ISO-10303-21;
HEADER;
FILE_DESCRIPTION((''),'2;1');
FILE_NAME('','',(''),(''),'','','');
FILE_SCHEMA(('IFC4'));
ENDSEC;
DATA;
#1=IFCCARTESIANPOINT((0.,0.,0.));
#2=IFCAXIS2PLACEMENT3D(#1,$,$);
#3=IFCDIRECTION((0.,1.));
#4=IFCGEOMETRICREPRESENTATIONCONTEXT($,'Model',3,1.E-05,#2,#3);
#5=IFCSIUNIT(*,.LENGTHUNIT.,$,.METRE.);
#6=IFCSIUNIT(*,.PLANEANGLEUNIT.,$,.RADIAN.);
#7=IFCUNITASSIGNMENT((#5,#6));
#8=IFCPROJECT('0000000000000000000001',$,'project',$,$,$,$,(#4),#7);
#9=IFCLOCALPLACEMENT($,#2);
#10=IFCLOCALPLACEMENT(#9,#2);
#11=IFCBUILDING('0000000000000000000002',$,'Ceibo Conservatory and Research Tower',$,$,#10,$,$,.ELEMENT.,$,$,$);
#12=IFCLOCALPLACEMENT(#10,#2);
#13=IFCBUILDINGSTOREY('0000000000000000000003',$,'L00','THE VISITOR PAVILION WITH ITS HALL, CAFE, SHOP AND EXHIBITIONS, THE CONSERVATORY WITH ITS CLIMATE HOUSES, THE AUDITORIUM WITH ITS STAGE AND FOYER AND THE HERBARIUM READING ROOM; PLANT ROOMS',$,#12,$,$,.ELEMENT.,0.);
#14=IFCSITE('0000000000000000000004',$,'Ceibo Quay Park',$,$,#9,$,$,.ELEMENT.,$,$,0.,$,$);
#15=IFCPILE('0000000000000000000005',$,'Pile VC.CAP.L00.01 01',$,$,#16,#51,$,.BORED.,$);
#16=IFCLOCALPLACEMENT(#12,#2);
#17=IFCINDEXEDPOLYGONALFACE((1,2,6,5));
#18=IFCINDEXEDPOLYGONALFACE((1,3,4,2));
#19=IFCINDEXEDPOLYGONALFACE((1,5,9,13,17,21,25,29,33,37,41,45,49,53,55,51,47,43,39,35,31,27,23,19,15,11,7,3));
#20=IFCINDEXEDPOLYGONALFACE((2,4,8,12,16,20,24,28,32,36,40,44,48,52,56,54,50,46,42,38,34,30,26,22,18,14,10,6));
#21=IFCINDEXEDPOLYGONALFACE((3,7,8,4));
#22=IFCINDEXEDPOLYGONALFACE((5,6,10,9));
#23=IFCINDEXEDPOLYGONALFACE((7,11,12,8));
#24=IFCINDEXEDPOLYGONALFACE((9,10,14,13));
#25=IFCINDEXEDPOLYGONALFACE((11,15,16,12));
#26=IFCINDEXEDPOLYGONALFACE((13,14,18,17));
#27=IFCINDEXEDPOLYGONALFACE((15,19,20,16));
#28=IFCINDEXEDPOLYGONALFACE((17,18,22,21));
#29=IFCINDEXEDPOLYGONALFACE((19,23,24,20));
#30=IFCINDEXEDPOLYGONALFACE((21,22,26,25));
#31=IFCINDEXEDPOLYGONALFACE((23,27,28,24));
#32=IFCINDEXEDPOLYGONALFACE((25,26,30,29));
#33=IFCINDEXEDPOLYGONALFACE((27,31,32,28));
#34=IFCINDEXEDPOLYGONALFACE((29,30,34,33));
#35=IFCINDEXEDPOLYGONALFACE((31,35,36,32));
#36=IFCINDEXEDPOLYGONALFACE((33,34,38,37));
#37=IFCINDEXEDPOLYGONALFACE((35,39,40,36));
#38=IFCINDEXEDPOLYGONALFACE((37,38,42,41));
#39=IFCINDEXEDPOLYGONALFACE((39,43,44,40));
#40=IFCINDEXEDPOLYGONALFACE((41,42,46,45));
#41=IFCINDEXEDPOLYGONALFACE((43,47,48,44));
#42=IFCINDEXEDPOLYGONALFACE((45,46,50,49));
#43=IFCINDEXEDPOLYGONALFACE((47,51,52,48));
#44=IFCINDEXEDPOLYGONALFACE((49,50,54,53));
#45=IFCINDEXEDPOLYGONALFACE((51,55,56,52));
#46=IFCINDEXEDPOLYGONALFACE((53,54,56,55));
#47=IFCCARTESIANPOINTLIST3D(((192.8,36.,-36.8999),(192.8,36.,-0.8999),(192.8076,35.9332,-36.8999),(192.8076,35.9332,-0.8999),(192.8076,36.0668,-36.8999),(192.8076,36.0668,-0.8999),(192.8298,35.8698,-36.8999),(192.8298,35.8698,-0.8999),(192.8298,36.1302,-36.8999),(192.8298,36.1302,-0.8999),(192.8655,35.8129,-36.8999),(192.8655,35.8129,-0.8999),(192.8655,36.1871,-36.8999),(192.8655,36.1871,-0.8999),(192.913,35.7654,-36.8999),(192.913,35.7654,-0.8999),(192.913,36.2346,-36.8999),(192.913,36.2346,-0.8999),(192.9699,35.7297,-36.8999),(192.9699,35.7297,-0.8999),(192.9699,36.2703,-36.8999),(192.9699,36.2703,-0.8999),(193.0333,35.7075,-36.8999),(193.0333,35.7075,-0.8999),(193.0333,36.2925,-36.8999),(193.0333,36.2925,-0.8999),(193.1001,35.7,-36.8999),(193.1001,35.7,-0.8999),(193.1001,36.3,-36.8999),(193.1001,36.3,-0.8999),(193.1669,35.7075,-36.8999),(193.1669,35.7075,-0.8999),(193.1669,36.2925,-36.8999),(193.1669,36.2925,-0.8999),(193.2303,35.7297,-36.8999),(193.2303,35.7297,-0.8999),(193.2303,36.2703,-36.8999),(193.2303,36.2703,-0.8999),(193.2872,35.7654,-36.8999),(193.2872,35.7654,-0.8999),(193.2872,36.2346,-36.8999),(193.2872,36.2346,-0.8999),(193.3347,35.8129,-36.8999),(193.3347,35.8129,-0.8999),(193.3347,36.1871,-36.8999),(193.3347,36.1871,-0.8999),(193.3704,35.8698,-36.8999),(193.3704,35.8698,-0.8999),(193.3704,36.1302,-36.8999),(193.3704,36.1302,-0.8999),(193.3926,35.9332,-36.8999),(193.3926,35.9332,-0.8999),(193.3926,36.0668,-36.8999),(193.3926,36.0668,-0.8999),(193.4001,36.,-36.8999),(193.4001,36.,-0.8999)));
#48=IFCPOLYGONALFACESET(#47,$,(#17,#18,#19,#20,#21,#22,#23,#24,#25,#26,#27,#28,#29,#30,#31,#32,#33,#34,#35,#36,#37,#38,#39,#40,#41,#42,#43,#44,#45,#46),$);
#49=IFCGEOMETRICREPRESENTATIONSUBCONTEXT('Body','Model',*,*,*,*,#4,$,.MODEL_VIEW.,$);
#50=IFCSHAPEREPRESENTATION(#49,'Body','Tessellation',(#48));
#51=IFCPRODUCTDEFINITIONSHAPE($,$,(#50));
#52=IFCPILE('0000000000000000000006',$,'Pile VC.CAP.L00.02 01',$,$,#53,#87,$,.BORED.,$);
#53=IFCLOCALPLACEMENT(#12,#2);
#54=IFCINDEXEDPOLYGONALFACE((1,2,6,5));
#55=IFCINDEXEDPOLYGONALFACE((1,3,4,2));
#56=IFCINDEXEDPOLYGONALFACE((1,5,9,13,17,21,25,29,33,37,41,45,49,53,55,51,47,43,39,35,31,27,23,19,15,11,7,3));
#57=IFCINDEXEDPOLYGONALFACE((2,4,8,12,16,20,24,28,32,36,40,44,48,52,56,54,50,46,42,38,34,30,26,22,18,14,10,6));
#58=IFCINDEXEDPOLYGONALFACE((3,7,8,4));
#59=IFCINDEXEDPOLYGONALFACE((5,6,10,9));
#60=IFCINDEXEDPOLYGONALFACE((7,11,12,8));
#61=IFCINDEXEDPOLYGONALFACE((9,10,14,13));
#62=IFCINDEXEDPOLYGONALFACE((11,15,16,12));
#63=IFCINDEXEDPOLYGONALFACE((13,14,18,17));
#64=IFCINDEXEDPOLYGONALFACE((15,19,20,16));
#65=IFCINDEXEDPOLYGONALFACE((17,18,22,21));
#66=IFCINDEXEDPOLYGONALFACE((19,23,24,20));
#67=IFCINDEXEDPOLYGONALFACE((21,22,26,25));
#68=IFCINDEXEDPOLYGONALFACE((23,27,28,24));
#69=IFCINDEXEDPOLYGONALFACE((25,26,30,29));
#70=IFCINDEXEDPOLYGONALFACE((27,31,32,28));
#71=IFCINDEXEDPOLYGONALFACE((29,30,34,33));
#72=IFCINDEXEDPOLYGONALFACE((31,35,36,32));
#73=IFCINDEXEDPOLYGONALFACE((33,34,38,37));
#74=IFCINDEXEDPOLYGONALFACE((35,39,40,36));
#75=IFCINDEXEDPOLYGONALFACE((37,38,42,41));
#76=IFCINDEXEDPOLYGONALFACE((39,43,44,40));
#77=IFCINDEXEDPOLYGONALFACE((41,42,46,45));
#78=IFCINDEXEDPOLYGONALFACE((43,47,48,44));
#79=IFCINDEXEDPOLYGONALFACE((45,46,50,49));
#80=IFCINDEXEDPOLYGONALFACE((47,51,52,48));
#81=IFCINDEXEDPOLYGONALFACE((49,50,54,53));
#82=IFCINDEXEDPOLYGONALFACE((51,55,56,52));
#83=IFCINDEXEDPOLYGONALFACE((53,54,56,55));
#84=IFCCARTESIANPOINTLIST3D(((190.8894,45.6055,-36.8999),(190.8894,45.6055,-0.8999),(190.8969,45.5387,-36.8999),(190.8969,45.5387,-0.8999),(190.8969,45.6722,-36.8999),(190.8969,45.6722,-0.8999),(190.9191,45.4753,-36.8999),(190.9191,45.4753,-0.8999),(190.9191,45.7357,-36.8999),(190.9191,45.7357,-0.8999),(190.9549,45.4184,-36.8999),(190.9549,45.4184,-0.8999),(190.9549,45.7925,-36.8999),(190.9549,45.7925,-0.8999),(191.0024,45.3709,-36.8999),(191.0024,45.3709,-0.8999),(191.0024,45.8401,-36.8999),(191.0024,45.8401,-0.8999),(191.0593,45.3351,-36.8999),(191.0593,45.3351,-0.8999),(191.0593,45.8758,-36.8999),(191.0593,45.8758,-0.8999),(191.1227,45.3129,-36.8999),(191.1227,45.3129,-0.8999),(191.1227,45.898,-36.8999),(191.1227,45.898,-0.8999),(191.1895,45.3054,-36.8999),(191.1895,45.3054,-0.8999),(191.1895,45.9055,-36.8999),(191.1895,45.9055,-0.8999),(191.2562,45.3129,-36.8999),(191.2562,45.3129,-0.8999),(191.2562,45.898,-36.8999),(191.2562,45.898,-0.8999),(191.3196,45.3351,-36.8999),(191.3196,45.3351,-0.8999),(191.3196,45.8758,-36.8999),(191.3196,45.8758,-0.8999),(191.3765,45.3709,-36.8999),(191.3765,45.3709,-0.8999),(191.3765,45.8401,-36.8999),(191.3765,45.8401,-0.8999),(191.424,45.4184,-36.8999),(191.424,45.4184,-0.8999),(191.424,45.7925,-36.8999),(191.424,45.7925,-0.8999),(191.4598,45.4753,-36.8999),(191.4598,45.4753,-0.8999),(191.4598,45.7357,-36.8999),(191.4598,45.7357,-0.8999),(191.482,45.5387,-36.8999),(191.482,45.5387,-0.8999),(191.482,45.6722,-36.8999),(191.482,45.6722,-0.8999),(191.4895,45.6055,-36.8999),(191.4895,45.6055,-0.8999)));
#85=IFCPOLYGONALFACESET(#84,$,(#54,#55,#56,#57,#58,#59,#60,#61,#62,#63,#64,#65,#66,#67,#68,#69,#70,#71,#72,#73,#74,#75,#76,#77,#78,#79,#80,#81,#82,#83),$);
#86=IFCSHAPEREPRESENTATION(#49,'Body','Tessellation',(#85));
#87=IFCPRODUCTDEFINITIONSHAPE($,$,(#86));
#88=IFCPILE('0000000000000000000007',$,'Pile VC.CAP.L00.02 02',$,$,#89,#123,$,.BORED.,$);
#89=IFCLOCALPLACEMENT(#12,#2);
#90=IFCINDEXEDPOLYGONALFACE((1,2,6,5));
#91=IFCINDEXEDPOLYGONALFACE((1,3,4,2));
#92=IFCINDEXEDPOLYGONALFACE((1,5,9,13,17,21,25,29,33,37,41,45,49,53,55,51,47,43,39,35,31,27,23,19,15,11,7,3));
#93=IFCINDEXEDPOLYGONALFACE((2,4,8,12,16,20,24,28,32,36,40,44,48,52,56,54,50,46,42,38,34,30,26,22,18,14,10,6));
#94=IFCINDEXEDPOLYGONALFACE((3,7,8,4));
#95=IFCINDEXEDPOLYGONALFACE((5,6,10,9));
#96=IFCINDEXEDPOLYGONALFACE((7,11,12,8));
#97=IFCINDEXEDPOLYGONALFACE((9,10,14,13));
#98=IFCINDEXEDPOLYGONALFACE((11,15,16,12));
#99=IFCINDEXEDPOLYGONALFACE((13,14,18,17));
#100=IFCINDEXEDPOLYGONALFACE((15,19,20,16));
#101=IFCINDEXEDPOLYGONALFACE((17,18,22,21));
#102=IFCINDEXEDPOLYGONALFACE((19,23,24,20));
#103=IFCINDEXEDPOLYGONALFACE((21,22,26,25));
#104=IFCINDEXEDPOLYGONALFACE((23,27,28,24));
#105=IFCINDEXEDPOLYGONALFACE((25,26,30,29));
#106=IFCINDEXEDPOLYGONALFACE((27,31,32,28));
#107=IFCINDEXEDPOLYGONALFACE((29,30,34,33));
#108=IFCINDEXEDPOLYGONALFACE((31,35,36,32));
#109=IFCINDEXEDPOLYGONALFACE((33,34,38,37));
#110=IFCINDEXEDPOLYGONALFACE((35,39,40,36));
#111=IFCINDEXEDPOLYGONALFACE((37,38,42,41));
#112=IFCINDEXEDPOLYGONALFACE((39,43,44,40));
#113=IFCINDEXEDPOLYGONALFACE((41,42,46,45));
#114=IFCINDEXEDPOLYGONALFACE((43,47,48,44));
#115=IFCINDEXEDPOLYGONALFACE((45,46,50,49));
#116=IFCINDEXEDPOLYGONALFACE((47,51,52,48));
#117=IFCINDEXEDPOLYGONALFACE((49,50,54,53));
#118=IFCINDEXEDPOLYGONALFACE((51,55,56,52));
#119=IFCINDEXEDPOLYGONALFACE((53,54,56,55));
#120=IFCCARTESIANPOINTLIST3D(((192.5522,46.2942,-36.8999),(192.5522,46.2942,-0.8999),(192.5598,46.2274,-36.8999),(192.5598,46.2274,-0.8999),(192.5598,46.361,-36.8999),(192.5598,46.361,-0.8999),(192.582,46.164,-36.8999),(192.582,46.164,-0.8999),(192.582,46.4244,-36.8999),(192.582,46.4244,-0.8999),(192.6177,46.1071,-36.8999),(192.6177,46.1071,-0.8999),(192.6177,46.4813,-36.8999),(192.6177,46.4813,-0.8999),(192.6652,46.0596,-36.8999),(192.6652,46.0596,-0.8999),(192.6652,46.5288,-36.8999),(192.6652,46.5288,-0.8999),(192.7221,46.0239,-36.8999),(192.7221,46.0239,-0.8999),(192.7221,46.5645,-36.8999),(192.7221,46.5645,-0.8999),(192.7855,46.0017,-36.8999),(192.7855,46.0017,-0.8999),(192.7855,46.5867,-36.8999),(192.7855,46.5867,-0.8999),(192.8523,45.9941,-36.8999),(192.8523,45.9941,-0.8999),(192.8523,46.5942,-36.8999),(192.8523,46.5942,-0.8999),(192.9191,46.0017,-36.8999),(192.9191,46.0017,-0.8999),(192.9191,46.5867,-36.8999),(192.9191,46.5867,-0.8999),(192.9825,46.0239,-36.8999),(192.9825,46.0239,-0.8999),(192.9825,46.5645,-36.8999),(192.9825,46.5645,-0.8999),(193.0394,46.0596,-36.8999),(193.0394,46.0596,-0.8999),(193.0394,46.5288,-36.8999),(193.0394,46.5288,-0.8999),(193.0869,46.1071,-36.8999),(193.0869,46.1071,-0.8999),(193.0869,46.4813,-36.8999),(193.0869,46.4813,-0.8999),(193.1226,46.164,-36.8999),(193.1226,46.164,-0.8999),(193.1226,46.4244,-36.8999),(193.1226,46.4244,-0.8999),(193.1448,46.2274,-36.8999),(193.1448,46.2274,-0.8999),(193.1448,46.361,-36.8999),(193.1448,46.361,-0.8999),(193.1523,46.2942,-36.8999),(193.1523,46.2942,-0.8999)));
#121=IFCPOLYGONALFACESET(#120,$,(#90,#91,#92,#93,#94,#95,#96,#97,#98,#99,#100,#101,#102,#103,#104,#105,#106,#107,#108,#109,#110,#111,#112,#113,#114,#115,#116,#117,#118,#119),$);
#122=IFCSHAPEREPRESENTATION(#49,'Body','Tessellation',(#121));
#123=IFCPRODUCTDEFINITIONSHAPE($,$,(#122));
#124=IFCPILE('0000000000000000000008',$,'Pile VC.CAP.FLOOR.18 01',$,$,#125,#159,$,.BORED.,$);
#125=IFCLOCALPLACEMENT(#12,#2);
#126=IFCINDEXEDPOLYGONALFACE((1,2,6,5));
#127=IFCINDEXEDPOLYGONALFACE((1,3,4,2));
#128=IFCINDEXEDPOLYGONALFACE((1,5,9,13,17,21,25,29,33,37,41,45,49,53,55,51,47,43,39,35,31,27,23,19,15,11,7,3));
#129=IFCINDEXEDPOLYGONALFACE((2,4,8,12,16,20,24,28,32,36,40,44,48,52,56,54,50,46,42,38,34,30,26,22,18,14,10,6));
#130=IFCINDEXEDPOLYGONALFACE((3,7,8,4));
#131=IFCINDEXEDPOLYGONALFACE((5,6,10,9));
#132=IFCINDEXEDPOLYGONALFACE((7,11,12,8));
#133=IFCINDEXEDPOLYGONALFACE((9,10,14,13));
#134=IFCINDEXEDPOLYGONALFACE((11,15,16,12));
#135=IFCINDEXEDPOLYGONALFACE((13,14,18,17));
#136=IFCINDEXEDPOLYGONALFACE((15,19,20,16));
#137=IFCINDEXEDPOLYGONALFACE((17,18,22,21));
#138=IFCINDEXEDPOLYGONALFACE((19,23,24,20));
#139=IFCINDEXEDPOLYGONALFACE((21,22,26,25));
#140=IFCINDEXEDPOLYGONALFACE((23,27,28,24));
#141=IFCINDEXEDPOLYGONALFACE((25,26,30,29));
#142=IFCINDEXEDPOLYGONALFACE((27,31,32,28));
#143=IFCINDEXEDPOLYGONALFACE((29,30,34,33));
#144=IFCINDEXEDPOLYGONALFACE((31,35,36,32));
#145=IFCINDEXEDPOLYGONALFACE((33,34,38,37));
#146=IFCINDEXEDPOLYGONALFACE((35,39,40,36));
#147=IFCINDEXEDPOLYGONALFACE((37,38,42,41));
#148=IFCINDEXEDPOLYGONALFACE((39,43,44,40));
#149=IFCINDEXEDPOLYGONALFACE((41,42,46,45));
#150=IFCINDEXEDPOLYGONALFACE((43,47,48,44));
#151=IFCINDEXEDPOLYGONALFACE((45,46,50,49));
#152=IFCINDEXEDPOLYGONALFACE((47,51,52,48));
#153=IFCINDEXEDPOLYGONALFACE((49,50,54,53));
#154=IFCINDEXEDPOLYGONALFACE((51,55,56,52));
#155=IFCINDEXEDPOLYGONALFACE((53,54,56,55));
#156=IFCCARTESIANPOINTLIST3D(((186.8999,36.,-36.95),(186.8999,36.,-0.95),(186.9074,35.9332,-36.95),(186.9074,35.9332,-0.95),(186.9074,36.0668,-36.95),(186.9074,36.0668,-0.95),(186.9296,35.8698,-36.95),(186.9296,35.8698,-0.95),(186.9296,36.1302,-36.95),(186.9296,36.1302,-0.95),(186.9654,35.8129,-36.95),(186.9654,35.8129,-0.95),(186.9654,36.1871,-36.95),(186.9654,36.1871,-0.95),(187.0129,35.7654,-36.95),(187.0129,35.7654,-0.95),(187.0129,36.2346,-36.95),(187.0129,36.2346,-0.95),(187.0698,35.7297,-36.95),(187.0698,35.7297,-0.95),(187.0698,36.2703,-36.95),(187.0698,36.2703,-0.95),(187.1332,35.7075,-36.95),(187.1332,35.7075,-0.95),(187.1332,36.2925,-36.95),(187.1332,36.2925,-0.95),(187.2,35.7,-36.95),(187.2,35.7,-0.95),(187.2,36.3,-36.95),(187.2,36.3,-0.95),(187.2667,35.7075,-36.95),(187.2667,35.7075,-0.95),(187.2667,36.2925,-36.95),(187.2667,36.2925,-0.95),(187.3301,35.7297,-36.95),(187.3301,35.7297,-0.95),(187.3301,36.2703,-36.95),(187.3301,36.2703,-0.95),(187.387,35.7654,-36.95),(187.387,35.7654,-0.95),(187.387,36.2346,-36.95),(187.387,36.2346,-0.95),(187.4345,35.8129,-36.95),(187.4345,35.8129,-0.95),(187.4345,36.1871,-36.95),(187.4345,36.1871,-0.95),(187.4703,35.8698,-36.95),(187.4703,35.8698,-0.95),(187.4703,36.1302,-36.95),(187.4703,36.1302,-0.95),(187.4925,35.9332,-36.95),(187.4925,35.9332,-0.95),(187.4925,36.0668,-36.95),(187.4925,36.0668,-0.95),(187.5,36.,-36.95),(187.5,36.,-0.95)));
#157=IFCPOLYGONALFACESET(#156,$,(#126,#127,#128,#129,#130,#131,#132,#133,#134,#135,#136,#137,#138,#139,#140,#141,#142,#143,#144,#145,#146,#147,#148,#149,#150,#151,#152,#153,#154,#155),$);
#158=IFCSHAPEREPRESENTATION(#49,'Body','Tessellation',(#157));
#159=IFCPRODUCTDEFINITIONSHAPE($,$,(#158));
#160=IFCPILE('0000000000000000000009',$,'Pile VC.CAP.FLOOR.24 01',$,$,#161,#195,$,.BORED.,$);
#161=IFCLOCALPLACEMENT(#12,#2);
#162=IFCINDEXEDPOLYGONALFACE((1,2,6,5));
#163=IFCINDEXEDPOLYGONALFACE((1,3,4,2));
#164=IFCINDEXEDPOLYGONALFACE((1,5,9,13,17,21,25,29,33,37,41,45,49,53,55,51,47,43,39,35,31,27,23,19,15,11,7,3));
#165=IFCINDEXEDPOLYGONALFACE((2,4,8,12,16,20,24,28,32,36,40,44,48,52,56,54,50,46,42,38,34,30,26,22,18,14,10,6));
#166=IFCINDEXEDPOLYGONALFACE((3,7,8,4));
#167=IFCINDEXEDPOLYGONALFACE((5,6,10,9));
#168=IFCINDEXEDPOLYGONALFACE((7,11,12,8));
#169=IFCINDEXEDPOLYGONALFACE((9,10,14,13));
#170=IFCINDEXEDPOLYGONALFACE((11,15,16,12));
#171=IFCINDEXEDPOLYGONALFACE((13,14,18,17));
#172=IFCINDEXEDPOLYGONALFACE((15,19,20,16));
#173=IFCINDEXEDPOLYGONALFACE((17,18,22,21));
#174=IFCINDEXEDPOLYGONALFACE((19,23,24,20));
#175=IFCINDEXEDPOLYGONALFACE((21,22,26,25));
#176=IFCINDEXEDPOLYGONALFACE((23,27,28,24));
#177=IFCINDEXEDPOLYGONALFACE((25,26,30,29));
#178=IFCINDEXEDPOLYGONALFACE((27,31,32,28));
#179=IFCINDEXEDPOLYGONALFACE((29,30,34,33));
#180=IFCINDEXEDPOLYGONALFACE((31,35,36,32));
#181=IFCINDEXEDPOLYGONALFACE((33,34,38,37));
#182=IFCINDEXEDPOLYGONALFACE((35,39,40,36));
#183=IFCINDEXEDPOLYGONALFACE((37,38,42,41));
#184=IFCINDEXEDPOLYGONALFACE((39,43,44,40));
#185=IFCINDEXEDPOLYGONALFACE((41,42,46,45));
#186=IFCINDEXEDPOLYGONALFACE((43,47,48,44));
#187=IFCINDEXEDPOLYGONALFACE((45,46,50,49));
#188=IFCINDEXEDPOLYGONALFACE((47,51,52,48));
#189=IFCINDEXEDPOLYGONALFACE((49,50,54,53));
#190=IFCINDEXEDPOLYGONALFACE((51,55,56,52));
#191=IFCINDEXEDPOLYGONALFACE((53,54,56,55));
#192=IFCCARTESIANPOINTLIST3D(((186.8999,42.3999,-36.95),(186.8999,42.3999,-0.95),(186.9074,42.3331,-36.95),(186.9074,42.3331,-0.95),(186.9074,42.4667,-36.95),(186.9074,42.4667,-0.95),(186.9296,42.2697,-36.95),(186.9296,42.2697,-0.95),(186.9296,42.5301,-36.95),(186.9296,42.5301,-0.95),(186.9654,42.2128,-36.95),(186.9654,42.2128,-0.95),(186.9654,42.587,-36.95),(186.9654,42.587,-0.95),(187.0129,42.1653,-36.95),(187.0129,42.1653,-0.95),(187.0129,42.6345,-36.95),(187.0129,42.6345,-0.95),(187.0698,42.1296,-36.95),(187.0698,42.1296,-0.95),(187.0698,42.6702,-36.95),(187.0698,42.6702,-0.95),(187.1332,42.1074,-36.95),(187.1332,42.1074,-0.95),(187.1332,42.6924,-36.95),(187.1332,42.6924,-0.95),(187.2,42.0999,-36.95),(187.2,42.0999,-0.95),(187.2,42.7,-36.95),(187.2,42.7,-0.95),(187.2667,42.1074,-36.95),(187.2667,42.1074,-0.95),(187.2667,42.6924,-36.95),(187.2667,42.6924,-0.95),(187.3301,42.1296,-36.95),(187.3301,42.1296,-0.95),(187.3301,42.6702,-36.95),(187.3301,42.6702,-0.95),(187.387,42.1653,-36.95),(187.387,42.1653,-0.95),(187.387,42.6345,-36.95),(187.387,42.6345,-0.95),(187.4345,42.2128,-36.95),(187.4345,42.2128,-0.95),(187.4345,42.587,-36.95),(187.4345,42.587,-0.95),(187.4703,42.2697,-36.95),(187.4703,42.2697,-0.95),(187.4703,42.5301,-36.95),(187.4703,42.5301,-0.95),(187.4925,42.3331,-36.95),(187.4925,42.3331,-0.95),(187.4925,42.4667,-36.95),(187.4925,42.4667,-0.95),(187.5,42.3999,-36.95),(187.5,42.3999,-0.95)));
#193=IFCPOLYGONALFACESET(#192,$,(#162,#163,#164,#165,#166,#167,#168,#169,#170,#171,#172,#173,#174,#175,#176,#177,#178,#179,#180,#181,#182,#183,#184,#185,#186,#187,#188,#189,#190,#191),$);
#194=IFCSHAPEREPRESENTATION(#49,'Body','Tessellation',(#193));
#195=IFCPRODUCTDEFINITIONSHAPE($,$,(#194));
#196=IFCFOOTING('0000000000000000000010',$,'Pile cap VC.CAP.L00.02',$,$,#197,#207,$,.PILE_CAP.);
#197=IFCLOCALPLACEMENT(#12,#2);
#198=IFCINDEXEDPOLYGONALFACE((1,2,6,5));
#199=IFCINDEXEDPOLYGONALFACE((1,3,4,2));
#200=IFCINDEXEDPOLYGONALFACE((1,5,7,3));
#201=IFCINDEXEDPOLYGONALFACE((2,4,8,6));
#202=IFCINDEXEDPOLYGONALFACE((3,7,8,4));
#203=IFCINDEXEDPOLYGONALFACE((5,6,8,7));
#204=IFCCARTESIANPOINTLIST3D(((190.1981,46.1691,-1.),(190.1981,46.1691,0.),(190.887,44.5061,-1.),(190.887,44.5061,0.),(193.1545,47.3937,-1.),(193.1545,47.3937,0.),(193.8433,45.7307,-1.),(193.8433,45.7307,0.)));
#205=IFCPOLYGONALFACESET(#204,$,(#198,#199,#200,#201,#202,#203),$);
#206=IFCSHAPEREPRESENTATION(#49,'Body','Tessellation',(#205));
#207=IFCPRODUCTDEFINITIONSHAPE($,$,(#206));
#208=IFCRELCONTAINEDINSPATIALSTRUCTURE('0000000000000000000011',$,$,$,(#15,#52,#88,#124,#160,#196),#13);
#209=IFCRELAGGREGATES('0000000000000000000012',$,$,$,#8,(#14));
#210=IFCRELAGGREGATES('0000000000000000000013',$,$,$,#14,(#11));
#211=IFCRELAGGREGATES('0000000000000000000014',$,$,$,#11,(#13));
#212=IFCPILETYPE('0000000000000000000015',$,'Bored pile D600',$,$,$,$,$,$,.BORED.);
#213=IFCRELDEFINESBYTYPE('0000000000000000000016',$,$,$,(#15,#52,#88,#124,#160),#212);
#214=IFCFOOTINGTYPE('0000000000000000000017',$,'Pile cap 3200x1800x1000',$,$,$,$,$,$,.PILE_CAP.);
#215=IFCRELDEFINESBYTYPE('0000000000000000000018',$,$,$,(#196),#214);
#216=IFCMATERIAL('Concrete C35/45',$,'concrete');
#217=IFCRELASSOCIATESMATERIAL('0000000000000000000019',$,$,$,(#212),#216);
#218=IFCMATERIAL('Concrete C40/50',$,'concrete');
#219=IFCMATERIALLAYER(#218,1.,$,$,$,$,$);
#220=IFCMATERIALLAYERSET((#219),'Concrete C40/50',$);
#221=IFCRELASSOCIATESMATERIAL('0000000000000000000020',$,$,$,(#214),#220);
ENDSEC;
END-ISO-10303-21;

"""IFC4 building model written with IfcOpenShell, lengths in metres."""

from ifc_helpers import new_model, si_unit, direction, frame, origin, origin_2d, place, context, subcontext, project, spatial, polyline, circle, outline, extrude, material, layer, layer_set, material_profile, profile_set, type_object, element, save


model = new_model("IFC4")

# Units and contexts
model_context = context("Model", 3, precision=1e-05, world=origin(), true_north=direction((0.0, 1.0)))
body_context = subcontext(model_context, "Body", "Model", "MODEL_VIEW")
ifc_project = project(units=[si_unit("LENGTHUNIT", "METRE"), si_unit("PLANEANGLEUNIT", "RADIAN")], contexts=[model_context])

# Site, building, storey
site_placement = place(None, origin())
site = spatial("IfcSite", under=ifc_project, at=site_placement, Name="Ceibo Quay Park", CompositionType="ELEMENT", RefElevation=0.0)
building_placement = place(site_placement, origin())
building = spatial("IfcBuilding", under=site, at=building_placement, Name="Ceibo Conservatory and Research Tower", CompositionType="ELEMENT")
storey_placement = place(building_placement, origin())
storey = spatial("IfcBuildingStorey", under=building, at=storey_placement, Name="L00", Description="THE VISITOR PAVILION WITH ITS HALL, CAFE, SHOP AND EXHIBITIONS, THE CONSERVATORY WITH ITS CLIMATE HOUSES, THE AUDITORIUM WITH ITS STAGE AND FOYER AND THE HERBARIUM READING ROOM; PLANT ROOMS", CompositionType="ELEMENT", Elevation=0.0)

# Piles
ifc_material_1 = material(Name="Concrete C35/45", Category="concrete")
ifc_material_profile_1 = material_profile(ifc_material_1, circle(Radius=0.3, at=origin_2d()), Name="RC D600")
ifc_profile_set_1 = profile_set([ifc_material_profile_1], Name="Concrete C35/45")
pile_type = type_object("IfcPileType", Name="Bored pile D600", PredefinedType="BORED", material=ifc_profile_set_1)
for number, where, z_axis, x_axis, name in (
    (1, (193.1001, 36.0, -0.8999), (0.0, 0.0, -1.0), (1.0, 0.0, 0.0), "Pile VC.CAP.L00.01 01"),
    (2, (191.1895, 45.6055, -0.8999), (0.0, 0.0, -1.0), (1.0, 0.0, 0.0), "Pile VC.CAP.L00.02 01"),
    (3, (192.8523, 46.2942, -0.8999), (0.0, 0.0, -1.0), (1.0, 0.0, 0.0), "Pile VC.CAP.L00.02 02"),
    (4, (187.2, 36.0, -0.95), (0.0, 0.0, -1.0), (1.0, 0.0, 0.0), "Pile VC.CAP.FLOOR.18 01"),
    (5, (187.2, 42.3999, -0.95), (0.0, 0.0, -1.0), (1.0, 0.0, 0.0), "Pile VC.CAP.FLOOR.24 01"),
):
    element("IfcPile", number, at=place(storey_placement, frame(where, z_axis=z_axis, x_axis=x_axis)), inside=storey, type_object=pile_type, Name=name, PredefinedType="BORED", context=body_context, shape_type="SweptSolid", body=[
        extrude(circle(Radius=0.3, at=origin_2d()), origin(), (0.0, 0.0, 1.0), 36.0),
    ])

# Footing
ifc_material_2 = material(Name="Concrete C40/50", Category="concrete")
ifc_layer_1 = layer(ifc_material_2, 1.0)
ifc_layer_set_1 = layer_set([ifc_layer_1], Name="Concrete C40/50")
footing_type = type_object("IfcFootingType", Name="Pile cap 3200x1800x1000", PredefinedType="PILE_CAP", material=ifc_layer_set_1)
footing_placement = place(storey_placement, frame((190.887, 44.5061, -1.0), z_axis=(0.0, 0.0, 1.0), x_axis=(0.92388, 0.382683, 0.0)))
element("IfcFooting", 6, at=footing_placement, inside=storey, type_object=footing_type, Name="Pile cap VC.CAP.L00.02", PredefinedType="PILE_CAP", context=body_context, shape_type="SweptSolid", body=[
    extrude(outline(polyline([(0.0, 0.0), (3.2, 0.0), (3.2, 1.8), (0.0, 1.8), (0.0, 0.0)])), origin(), (0.0, 0.0, 1.0), 1.0),
])

save(model, "model.ifc")
